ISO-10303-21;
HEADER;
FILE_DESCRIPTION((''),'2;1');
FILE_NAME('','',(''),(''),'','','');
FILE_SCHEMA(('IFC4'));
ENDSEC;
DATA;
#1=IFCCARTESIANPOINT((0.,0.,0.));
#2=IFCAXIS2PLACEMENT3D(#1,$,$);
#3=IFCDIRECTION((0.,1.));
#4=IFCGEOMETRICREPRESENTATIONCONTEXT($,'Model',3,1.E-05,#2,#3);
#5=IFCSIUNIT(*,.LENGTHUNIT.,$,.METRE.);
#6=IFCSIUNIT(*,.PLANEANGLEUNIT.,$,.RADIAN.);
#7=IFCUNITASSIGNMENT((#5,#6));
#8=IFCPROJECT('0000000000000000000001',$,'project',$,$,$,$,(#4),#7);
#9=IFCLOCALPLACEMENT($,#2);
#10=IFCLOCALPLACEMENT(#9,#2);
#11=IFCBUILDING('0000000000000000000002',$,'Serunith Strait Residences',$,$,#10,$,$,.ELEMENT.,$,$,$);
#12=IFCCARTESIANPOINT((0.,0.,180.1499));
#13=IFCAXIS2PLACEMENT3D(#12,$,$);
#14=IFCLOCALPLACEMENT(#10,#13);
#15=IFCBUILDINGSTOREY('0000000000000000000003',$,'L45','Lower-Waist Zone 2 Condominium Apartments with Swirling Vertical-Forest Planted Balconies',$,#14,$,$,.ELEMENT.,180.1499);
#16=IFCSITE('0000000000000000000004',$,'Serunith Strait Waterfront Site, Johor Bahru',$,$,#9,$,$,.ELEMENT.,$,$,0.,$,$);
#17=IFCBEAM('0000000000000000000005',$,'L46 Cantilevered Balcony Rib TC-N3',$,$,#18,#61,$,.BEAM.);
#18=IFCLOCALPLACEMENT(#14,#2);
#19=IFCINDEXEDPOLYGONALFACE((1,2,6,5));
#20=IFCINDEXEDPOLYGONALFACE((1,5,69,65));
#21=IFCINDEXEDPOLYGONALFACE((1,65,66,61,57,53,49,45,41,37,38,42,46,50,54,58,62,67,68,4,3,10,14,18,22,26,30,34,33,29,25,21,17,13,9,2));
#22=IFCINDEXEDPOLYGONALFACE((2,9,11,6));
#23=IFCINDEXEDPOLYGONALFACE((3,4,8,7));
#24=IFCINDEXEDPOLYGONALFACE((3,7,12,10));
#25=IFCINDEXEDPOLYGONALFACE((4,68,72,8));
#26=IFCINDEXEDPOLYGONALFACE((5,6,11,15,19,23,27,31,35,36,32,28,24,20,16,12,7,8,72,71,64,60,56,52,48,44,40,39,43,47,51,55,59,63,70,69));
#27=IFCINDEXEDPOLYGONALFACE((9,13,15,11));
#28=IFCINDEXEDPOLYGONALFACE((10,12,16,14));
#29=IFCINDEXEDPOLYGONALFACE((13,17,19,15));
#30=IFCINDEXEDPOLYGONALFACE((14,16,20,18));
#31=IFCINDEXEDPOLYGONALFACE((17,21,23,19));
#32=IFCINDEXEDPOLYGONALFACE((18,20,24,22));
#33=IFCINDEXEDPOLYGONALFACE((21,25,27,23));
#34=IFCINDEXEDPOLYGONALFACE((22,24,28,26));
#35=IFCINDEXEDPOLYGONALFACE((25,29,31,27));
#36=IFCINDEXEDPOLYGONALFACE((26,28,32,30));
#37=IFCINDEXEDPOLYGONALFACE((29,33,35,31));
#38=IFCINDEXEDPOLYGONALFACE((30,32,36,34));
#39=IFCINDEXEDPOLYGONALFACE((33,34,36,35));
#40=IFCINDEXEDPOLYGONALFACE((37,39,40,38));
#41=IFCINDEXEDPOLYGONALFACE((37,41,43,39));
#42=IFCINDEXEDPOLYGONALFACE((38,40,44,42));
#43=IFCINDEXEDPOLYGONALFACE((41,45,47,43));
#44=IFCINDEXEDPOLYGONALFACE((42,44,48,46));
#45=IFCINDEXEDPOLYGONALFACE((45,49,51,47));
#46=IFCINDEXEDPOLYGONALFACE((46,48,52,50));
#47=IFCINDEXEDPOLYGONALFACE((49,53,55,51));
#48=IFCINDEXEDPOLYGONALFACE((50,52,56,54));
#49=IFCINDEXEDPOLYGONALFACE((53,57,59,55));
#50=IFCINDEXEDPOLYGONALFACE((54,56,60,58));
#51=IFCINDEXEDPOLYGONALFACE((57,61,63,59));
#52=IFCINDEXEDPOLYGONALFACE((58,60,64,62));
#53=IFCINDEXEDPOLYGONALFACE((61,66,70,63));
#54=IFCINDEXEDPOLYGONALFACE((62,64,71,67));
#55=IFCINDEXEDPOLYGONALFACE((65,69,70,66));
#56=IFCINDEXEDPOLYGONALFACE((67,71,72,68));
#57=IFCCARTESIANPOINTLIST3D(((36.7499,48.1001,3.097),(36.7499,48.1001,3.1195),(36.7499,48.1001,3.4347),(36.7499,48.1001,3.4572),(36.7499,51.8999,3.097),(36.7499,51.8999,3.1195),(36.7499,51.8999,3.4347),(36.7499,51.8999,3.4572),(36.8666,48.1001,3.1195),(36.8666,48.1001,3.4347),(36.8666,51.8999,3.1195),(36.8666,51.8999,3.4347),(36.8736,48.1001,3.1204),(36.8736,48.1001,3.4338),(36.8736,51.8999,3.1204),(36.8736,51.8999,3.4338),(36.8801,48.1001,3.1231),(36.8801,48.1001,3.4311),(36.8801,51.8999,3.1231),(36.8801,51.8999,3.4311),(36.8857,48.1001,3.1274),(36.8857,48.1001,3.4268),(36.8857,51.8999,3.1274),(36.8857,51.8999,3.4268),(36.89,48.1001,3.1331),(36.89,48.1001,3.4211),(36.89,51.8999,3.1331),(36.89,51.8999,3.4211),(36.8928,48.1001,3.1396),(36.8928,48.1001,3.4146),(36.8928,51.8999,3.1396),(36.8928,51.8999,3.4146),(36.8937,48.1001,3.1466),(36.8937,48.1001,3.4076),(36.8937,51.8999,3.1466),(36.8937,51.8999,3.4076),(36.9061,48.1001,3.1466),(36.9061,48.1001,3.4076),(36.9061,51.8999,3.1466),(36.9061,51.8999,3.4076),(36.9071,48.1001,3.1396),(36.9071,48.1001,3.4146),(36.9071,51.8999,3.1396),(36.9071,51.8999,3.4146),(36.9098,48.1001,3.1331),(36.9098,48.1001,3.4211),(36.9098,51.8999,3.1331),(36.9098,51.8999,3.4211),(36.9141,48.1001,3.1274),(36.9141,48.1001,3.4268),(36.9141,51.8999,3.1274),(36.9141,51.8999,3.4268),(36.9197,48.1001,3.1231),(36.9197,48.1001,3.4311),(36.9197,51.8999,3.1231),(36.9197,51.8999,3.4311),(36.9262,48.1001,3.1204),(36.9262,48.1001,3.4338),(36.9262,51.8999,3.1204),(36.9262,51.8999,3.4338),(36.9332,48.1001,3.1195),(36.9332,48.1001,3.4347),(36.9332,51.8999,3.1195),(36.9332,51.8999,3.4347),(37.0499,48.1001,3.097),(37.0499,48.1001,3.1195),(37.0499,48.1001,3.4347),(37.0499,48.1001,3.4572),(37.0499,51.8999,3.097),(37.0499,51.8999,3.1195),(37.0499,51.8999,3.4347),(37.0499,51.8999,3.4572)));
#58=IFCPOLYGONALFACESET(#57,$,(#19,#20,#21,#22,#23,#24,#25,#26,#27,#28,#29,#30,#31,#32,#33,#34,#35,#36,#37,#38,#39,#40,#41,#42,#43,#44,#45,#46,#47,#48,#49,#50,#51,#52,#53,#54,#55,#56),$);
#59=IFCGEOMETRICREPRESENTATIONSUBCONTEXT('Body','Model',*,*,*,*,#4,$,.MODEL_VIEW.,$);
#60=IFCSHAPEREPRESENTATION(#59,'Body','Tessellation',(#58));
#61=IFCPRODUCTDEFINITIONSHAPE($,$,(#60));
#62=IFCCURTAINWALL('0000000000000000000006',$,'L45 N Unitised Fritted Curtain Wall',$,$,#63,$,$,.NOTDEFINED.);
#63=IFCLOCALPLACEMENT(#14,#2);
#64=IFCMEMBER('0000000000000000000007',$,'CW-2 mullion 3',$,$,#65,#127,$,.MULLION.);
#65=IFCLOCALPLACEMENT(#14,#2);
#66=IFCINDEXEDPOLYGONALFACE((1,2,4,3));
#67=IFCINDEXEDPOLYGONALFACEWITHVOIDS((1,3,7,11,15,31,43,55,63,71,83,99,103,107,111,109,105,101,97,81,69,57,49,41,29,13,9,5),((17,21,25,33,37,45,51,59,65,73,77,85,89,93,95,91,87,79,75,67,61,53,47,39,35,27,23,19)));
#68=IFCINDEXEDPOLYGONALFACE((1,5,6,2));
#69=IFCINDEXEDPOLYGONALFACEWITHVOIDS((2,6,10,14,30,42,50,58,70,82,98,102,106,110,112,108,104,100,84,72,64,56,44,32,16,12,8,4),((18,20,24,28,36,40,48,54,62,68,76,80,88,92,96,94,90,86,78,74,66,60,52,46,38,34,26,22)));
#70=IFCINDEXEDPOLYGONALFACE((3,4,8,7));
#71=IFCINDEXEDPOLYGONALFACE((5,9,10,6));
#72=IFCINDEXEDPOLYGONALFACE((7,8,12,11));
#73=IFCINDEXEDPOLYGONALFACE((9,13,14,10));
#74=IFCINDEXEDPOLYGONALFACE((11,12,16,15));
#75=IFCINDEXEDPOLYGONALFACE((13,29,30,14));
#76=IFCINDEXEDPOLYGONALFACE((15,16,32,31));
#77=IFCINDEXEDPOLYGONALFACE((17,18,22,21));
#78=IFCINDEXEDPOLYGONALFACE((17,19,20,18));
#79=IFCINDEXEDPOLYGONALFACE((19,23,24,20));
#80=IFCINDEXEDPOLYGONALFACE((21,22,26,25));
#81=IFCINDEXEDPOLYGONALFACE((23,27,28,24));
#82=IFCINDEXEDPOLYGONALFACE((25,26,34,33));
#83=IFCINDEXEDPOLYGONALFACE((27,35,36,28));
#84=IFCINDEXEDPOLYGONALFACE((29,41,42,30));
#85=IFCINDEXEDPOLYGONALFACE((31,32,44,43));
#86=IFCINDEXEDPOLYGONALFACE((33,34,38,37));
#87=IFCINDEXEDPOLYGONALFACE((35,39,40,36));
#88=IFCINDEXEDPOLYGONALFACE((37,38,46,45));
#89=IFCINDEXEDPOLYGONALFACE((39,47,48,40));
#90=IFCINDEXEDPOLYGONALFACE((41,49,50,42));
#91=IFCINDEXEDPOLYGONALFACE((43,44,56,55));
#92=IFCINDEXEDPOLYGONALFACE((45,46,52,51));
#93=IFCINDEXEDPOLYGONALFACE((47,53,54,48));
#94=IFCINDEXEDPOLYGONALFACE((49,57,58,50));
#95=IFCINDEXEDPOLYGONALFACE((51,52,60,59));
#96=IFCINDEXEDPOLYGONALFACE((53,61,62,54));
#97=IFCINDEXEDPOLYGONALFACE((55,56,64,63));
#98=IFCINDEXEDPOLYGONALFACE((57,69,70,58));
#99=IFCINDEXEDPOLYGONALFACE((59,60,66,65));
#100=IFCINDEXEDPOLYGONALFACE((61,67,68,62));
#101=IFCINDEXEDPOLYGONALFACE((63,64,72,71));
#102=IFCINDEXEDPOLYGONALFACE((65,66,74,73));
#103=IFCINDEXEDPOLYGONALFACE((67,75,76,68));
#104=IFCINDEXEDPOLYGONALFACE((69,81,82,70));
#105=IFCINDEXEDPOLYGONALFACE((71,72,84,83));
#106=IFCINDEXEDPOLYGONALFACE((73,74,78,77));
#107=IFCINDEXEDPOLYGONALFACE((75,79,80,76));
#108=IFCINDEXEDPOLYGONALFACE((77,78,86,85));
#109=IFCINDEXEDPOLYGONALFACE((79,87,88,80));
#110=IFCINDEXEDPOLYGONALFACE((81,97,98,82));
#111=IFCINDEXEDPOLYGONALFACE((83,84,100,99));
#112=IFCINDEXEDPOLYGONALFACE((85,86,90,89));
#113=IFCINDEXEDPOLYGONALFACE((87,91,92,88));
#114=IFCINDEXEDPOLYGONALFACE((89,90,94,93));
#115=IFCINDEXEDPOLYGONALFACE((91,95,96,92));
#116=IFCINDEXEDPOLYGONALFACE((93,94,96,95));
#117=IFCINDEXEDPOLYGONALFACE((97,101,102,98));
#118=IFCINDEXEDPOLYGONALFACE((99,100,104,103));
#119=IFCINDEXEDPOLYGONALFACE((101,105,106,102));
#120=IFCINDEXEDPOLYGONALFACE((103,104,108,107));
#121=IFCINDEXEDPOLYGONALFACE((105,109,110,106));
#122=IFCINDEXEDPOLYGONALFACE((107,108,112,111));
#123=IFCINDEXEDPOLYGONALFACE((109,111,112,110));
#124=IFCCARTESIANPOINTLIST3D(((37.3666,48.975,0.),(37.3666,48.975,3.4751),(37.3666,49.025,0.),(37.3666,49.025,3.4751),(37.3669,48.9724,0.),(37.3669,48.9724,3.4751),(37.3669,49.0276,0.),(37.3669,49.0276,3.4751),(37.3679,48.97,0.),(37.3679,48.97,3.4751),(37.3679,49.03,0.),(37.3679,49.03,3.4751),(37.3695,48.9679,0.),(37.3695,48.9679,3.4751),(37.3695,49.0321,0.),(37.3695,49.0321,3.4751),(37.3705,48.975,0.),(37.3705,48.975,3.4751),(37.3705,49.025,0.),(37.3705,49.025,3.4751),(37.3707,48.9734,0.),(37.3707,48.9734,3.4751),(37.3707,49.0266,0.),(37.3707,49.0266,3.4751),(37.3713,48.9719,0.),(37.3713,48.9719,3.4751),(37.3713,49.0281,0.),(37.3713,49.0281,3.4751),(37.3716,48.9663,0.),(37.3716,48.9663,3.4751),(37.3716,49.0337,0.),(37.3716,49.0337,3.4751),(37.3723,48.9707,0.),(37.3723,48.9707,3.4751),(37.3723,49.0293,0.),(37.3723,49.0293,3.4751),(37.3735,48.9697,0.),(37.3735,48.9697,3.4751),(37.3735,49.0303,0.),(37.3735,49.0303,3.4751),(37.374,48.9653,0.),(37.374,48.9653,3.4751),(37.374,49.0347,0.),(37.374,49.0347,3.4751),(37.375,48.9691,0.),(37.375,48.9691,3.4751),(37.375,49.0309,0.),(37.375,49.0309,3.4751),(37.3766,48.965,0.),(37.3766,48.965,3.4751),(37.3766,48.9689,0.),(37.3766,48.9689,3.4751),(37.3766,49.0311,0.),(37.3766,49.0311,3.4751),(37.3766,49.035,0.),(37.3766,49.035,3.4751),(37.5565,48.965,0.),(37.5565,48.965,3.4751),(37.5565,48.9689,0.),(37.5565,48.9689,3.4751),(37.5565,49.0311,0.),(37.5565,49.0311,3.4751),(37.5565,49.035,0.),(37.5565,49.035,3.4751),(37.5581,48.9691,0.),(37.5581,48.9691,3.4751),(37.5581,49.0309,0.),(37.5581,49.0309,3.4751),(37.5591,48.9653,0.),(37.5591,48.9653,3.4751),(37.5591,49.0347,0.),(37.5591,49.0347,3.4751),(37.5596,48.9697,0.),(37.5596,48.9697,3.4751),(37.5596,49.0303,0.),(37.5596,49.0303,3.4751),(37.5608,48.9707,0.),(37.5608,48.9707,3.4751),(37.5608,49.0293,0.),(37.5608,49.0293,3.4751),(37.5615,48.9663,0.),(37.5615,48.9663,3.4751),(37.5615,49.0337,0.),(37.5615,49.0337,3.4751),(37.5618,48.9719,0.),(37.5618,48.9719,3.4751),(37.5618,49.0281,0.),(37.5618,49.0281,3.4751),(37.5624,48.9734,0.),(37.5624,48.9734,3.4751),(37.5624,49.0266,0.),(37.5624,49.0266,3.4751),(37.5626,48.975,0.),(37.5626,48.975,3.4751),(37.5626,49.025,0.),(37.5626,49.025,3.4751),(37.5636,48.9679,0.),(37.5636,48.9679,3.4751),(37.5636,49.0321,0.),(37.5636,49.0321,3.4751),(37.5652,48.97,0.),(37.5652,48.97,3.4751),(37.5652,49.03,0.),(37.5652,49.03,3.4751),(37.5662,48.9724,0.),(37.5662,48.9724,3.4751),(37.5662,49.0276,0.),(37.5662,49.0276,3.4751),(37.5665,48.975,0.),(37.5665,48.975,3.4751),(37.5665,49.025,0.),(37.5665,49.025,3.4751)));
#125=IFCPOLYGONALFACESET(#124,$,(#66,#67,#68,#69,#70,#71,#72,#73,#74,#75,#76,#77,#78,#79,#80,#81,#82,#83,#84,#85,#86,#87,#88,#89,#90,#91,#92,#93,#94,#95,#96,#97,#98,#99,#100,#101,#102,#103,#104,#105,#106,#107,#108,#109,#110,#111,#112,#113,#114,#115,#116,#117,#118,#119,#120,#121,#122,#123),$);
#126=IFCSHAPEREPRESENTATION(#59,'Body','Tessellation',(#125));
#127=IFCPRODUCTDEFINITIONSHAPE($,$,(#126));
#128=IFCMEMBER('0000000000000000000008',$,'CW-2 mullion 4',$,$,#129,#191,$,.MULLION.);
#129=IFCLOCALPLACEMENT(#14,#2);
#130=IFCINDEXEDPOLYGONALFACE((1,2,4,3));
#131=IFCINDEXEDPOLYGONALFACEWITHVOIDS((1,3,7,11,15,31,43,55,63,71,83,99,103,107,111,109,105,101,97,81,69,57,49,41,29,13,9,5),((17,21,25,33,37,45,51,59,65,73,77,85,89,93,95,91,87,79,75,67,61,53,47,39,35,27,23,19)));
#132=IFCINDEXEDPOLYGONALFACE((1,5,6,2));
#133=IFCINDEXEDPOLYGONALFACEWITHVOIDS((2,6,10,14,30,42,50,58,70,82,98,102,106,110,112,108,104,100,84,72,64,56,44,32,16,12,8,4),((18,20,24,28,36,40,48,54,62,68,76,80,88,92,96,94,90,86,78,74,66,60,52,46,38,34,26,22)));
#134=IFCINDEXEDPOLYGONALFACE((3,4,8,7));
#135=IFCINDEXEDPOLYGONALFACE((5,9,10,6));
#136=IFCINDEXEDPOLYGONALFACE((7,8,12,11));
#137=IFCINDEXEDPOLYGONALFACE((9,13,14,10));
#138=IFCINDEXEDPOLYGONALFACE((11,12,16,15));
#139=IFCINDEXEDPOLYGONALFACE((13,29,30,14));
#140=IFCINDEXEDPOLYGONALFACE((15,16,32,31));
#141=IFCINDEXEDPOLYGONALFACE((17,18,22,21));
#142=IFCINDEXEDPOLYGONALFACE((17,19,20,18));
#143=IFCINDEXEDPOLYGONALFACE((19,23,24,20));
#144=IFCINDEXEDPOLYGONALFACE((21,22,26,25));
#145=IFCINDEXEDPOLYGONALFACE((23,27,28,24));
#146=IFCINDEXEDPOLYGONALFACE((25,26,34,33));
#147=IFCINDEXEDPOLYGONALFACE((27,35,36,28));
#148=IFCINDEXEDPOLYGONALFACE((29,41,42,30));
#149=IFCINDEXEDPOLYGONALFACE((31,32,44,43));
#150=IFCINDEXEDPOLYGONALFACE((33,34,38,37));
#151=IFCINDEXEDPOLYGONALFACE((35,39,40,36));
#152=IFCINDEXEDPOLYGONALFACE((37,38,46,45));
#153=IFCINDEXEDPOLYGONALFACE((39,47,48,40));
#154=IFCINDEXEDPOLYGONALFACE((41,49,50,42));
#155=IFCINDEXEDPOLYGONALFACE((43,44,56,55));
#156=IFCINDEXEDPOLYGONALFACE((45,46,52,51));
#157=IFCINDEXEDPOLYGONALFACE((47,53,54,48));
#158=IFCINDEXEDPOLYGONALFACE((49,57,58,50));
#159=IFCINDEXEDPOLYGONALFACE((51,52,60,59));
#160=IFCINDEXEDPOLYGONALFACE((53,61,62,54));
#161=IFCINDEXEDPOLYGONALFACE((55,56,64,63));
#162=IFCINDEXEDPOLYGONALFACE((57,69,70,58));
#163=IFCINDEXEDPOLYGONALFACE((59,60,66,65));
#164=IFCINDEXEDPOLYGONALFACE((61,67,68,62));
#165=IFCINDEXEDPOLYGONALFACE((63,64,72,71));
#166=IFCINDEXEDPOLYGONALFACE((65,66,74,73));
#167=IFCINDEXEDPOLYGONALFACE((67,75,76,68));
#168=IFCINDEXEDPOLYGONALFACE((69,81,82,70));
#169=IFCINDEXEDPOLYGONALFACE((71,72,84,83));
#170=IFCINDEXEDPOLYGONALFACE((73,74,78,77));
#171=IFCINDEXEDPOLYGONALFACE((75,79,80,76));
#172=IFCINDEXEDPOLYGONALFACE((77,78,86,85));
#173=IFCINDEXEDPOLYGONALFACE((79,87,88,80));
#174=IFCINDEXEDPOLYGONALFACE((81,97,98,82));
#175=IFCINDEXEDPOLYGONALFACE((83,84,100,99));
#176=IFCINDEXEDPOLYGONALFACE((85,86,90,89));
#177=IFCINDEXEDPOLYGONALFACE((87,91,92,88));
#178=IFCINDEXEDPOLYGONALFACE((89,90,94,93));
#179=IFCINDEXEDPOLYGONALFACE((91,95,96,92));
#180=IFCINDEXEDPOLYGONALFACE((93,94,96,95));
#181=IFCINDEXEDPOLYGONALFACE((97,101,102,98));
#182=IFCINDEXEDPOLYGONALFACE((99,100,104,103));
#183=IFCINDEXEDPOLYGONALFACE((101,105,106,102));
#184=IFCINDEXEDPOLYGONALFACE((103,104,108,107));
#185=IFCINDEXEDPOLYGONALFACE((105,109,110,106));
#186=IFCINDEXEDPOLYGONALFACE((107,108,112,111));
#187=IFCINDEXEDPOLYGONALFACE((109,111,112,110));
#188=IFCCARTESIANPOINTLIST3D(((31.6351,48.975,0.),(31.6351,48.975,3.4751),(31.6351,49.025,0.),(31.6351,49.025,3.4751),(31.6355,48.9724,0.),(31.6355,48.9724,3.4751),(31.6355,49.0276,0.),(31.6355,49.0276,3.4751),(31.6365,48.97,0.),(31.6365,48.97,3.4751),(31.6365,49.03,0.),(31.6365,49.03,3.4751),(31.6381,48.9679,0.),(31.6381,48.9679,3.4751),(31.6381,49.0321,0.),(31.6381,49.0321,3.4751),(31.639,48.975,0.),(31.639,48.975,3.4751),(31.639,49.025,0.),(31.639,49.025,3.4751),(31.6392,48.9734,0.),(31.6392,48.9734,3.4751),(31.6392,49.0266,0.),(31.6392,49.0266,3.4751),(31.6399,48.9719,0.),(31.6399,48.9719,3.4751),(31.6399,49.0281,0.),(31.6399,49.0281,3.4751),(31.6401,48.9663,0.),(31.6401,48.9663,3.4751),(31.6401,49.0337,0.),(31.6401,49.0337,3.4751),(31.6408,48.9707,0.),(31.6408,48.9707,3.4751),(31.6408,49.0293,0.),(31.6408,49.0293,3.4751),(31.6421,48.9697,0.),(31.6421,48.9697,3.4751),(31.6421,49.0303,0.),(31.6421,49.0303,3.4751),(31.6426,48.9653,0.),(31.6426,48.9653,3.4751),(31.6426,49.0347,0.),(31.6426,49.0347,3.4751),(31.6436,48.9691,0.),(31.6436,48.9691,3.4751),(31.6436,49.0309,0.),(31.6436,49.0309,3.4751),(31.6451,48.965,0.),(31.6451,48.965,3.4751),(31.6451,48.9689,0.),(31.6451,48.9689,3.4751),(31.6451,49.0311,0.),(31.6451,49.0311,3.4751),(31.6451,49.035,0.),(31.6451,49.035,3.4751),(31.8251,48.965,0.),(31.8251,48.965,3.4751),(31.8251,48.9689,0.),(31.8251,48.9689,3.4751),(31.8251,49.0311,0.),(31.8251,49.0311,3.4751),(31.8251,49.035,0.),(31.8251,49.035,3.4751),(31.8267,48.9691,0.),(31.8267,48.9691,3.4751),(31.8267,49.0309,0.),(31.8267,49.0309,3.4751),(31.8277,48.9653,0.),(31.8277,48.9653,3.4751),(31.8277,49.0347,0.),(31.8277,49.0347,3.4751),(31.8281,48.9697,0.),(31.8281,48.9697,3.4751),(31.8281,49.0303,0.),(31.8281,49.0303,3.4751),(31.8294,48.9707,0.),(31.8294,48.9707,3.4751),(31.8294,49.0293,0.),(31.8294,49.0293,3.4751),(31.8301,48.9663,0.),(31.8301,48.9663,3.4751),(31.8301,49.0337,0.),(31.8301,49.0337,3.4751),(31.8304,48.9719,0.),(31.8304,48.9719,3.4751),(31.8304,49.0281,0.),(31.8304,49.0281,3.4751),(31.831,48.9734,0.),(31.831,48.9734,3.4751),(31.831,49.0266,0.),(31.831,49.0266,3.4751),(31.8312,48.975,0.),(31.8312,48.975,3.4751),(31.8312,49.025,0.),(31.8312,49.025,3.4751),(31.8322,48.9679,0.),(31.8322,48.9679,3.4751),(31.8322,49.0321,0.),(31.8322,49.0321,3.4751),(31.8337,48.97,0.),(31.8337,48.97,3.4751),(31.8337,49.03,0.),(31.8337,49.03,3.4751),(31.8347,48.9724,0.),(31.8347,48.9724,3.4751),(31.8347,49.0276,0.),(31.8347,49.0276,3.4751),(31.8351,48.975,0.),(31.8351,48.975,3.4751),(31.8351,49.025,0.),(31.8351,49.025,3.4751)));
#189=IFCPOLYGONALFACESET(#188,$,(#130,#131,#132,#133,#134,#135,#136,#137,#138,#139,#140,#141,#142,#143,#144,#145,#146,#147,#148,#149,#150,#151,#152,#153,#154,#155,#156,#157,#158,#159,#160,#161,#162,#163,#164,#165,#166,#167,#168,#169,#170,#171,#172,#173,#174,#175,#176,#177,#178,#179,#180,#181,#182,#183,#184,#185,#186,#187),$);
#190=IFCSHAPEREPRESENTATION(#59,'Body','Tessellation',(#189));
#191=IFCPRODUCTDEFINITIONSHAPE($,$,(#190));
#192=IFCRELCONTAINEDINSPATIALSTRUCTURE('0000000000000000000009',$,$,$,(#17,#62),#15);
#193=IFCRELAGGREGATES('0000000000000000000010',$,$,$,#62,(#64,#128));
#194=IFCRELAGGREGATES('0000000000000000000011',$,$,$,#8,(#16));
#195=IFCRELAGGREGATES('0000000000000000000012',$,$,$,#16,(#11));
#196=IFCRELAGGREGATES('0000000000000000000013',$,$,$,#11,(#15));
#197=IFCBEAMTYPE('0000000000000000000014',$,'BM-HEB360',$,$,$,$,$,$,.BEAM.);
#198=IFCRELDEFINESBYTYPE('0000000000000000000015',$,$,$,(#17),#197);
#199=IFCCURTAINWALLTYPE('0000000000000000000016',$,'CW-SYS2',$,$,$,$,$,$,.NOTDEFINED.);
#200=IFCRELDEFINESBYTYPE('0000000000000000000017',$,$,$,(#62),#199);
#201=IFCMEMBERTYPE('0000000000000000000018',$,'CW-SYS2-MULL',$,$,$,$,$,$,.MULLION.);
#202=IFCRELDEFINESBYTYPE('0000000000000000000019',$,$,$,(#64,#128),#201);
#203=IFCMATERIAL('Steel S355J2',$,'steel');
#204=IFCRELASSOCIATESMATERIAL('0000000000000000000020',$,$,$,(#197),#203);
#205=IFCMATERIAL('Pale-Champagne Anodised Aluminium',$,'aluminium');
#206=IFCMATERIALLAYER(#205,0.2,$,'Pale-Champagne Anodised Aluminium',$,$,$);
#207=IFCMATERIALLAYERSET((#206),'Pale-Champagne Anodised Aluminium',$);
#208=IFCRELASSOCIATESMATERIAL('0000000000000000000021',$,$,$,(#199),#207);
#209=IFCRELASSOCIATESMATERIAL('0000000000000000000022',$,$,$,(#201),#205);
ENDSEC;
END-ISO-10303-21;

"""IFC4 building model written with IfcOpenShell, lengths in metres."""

from ifc_helpers import new_model, si_unit, direction, frame, origin, origin_2d, place, context, subcontext, project, spatial, hollow_rectangle, i_section, extrude, source, transform, mapped, material, layer, layer_set, material_profile, profile_set, type_object, element, aggregate, save


model = new_model("IFC4")

# Units and contexts
model_context = context("Model", 3, precision=1e-05, world=origin(), true_north=direction((0.0, 1.0)))
body_context = subcontext(model_context, "Body", "Model", "MODEL_VIEW")
ifc_project = project(units=[si_unit("LENGTHUNIT", "METRE"), si_unit("PLANEANGLEUNIT", "RADIAN")], contexts=[model_context])

# Site, building, storey
site_placement = place(None, origin())
site = spatial("IfcSite", under=ifc_project, at=site_placement, Name="Serunith Strait Waterfront Site, Johor Bahru", CompositionType="ELEMENT", RefElevation=0.0)
building_placement = place(site_placement, origin())
building = spatial("IfcBuilding", under=site, at=building_placement, Name="Serunith Strait Residences", CompositionType="ELEMENT")
storey_placement = place(building_placement, frame((0.0, 0.0, 180.1499)))
storey = spatial("IfcBuildingStorey", under=building, at=storey_placement, Name="L45", Description="Lower-Waist Zone 2 Condominium Apartments with Swirling Vertical-Forest Planted Balconies", CompositionType="ELEMENT", Elevation=180.1499)

# Beam
ifc_material_1 = material(Name="Steel S355J2", Category="steel")
ifc_material_profile_1 = material_profile(ifc_material_1, i_section(OverallWidth=0.3, OverallDepth=0.3601, WebThickness=0.0125, FlangeThickness=0.0225, FilletRadius=0.0271, at=origin_2d()), Name="HEB 360")
ifc_profile_set_1 = profile_set([ifc_material_profile_1], Name="Steel S355J2")
beam_type_1 = type_object("IfcBeamType", Name="BM-HEB360", PredefinedType="BEAM", material=ifc_profile_set_1)
shared_shape_1 = source(origin(), body_context, "Body", "SweptSolid", [
    extrude(i_section(OverallWidth=0.3, OverallDepth=0.3601, WebThickness=0.0125, FlangeThickness=0.0225, FilletRadius=0.0271, at=origin_2d()), origin(), (0.0, 0.0, 1.0), 3.7998),
])
beam_1_placement = place(storey_placement, frame((36.8999, 48.1001, 3.2771), z_axis=(0.0, 1.0, 0.0), x_axis=(-1.0, 0.0, 0.0)))
element("IfcBeam", 1, at=beam_1_placement, inside=storey, type_object=beam_type_1, Name="L46 Cantilevered Balcony Rib TC-N3", PredefinedType="BEAM", context=body_context, shape_type="MappedRepresentation", body=[
    mapped(shared_shape_1, transform((0.0, 0.0, 0.0), scale=1.0)),
])

# Curtain wall, members
ifc_material_2 = material(Name="Pale-Champagne Anodised Aluminium", Category="aluminium")
ifc_layer_1 = layer(ifc_material_2, 0.2, Name="Pale-Champagne Anodised Aluminium")
ifc_layer_set_1 = layer_set([ifc_layer_1], Name="Pale-Champagne Anodised Aluminium")
curtain_wall_type = type_object("IfcCurtainWallType", Name="CW-SYS2", PredefinedType="NOTDEFINED", material=ifc_layer_set_1)
curtain_wall_placement = place(storey_placement, origin())
curtain_wall = element("IfcCurtainWall", 2, at=curtain_wall_placement, inside=storey, type_object=curtain_wall_type, Name="L45 N Unitised Fritted Curtain Wall", PredefinedType="NOTDEFINED")
ifc_material_profile_2 = material_profile(ifc_material_2, hollow_rectangle(XDim=0.0701, YDim=0.2, WallThickness=0.0039, InnerFilletRadius=0.0061, OuterFilletRadius=0.01, at=origin_2d()), Name="ALU 200x70x4")
ifc_profile_set_2 = profile_set([ifc_material_profile_2], Name="Pale-Champagne Anodised Aluminium")
member_type_1 = type_object("IfcMemberType", Name="CW-SYS2-MULL", PredefinedType="MULLION", material=ifc_profile_set_2)
shared_shape_2 = source(origin(), body_context, "Body", "SweptSolid", [
    extrude(hollow_rectangle(XDim=0.0701, YDim=0.2, WallThickness=0.0039, InnerFilletRadius=0.0061, OuterFilletRadius=0.01, at=origin_2d()), origin(), (0.0, 0.0, 1.0), 3.4751),
])
member_1_placement = place(storey_placement, frame((37.4666, 49.0, 0.0), z_axis=(0.0, 0.0, 1.0), x_axis=(0.0, -1.0, 0.0)))
member_1 = element("IfcMember", 3, at=member_1_placement, type_object=member_type_1, Name="CW-2 mullion 3", PredefinedType="MULLION", context=body_context, shape_type="MappedRepresentation", body=[
    mapped(shared_shape_2, transform((0.0, 0.0, 0.0), scale=1.0)),
])
member_2_placement = place(storey_placement, frame((31.7351, 49.0, 0.0), z_axis=(0.0, 0.0, 1.0), x_axis=(0.0, -1.0, 0.0)))
member_2 = element("IfcMember", 4, at=member_2_placement, type_object=member_type_1, Name="CW-2 mullion 4", PredefinedType="MULLION", context=body_context, shape_type="MappedRepresentation", body=[
    mapped(shared_shape_2, transform((0.0, 0.0, 0.0), scale=1.0)),
])
aggregate(curtain_wall, [member_1, member_2])

save(model, "model.ifc")
